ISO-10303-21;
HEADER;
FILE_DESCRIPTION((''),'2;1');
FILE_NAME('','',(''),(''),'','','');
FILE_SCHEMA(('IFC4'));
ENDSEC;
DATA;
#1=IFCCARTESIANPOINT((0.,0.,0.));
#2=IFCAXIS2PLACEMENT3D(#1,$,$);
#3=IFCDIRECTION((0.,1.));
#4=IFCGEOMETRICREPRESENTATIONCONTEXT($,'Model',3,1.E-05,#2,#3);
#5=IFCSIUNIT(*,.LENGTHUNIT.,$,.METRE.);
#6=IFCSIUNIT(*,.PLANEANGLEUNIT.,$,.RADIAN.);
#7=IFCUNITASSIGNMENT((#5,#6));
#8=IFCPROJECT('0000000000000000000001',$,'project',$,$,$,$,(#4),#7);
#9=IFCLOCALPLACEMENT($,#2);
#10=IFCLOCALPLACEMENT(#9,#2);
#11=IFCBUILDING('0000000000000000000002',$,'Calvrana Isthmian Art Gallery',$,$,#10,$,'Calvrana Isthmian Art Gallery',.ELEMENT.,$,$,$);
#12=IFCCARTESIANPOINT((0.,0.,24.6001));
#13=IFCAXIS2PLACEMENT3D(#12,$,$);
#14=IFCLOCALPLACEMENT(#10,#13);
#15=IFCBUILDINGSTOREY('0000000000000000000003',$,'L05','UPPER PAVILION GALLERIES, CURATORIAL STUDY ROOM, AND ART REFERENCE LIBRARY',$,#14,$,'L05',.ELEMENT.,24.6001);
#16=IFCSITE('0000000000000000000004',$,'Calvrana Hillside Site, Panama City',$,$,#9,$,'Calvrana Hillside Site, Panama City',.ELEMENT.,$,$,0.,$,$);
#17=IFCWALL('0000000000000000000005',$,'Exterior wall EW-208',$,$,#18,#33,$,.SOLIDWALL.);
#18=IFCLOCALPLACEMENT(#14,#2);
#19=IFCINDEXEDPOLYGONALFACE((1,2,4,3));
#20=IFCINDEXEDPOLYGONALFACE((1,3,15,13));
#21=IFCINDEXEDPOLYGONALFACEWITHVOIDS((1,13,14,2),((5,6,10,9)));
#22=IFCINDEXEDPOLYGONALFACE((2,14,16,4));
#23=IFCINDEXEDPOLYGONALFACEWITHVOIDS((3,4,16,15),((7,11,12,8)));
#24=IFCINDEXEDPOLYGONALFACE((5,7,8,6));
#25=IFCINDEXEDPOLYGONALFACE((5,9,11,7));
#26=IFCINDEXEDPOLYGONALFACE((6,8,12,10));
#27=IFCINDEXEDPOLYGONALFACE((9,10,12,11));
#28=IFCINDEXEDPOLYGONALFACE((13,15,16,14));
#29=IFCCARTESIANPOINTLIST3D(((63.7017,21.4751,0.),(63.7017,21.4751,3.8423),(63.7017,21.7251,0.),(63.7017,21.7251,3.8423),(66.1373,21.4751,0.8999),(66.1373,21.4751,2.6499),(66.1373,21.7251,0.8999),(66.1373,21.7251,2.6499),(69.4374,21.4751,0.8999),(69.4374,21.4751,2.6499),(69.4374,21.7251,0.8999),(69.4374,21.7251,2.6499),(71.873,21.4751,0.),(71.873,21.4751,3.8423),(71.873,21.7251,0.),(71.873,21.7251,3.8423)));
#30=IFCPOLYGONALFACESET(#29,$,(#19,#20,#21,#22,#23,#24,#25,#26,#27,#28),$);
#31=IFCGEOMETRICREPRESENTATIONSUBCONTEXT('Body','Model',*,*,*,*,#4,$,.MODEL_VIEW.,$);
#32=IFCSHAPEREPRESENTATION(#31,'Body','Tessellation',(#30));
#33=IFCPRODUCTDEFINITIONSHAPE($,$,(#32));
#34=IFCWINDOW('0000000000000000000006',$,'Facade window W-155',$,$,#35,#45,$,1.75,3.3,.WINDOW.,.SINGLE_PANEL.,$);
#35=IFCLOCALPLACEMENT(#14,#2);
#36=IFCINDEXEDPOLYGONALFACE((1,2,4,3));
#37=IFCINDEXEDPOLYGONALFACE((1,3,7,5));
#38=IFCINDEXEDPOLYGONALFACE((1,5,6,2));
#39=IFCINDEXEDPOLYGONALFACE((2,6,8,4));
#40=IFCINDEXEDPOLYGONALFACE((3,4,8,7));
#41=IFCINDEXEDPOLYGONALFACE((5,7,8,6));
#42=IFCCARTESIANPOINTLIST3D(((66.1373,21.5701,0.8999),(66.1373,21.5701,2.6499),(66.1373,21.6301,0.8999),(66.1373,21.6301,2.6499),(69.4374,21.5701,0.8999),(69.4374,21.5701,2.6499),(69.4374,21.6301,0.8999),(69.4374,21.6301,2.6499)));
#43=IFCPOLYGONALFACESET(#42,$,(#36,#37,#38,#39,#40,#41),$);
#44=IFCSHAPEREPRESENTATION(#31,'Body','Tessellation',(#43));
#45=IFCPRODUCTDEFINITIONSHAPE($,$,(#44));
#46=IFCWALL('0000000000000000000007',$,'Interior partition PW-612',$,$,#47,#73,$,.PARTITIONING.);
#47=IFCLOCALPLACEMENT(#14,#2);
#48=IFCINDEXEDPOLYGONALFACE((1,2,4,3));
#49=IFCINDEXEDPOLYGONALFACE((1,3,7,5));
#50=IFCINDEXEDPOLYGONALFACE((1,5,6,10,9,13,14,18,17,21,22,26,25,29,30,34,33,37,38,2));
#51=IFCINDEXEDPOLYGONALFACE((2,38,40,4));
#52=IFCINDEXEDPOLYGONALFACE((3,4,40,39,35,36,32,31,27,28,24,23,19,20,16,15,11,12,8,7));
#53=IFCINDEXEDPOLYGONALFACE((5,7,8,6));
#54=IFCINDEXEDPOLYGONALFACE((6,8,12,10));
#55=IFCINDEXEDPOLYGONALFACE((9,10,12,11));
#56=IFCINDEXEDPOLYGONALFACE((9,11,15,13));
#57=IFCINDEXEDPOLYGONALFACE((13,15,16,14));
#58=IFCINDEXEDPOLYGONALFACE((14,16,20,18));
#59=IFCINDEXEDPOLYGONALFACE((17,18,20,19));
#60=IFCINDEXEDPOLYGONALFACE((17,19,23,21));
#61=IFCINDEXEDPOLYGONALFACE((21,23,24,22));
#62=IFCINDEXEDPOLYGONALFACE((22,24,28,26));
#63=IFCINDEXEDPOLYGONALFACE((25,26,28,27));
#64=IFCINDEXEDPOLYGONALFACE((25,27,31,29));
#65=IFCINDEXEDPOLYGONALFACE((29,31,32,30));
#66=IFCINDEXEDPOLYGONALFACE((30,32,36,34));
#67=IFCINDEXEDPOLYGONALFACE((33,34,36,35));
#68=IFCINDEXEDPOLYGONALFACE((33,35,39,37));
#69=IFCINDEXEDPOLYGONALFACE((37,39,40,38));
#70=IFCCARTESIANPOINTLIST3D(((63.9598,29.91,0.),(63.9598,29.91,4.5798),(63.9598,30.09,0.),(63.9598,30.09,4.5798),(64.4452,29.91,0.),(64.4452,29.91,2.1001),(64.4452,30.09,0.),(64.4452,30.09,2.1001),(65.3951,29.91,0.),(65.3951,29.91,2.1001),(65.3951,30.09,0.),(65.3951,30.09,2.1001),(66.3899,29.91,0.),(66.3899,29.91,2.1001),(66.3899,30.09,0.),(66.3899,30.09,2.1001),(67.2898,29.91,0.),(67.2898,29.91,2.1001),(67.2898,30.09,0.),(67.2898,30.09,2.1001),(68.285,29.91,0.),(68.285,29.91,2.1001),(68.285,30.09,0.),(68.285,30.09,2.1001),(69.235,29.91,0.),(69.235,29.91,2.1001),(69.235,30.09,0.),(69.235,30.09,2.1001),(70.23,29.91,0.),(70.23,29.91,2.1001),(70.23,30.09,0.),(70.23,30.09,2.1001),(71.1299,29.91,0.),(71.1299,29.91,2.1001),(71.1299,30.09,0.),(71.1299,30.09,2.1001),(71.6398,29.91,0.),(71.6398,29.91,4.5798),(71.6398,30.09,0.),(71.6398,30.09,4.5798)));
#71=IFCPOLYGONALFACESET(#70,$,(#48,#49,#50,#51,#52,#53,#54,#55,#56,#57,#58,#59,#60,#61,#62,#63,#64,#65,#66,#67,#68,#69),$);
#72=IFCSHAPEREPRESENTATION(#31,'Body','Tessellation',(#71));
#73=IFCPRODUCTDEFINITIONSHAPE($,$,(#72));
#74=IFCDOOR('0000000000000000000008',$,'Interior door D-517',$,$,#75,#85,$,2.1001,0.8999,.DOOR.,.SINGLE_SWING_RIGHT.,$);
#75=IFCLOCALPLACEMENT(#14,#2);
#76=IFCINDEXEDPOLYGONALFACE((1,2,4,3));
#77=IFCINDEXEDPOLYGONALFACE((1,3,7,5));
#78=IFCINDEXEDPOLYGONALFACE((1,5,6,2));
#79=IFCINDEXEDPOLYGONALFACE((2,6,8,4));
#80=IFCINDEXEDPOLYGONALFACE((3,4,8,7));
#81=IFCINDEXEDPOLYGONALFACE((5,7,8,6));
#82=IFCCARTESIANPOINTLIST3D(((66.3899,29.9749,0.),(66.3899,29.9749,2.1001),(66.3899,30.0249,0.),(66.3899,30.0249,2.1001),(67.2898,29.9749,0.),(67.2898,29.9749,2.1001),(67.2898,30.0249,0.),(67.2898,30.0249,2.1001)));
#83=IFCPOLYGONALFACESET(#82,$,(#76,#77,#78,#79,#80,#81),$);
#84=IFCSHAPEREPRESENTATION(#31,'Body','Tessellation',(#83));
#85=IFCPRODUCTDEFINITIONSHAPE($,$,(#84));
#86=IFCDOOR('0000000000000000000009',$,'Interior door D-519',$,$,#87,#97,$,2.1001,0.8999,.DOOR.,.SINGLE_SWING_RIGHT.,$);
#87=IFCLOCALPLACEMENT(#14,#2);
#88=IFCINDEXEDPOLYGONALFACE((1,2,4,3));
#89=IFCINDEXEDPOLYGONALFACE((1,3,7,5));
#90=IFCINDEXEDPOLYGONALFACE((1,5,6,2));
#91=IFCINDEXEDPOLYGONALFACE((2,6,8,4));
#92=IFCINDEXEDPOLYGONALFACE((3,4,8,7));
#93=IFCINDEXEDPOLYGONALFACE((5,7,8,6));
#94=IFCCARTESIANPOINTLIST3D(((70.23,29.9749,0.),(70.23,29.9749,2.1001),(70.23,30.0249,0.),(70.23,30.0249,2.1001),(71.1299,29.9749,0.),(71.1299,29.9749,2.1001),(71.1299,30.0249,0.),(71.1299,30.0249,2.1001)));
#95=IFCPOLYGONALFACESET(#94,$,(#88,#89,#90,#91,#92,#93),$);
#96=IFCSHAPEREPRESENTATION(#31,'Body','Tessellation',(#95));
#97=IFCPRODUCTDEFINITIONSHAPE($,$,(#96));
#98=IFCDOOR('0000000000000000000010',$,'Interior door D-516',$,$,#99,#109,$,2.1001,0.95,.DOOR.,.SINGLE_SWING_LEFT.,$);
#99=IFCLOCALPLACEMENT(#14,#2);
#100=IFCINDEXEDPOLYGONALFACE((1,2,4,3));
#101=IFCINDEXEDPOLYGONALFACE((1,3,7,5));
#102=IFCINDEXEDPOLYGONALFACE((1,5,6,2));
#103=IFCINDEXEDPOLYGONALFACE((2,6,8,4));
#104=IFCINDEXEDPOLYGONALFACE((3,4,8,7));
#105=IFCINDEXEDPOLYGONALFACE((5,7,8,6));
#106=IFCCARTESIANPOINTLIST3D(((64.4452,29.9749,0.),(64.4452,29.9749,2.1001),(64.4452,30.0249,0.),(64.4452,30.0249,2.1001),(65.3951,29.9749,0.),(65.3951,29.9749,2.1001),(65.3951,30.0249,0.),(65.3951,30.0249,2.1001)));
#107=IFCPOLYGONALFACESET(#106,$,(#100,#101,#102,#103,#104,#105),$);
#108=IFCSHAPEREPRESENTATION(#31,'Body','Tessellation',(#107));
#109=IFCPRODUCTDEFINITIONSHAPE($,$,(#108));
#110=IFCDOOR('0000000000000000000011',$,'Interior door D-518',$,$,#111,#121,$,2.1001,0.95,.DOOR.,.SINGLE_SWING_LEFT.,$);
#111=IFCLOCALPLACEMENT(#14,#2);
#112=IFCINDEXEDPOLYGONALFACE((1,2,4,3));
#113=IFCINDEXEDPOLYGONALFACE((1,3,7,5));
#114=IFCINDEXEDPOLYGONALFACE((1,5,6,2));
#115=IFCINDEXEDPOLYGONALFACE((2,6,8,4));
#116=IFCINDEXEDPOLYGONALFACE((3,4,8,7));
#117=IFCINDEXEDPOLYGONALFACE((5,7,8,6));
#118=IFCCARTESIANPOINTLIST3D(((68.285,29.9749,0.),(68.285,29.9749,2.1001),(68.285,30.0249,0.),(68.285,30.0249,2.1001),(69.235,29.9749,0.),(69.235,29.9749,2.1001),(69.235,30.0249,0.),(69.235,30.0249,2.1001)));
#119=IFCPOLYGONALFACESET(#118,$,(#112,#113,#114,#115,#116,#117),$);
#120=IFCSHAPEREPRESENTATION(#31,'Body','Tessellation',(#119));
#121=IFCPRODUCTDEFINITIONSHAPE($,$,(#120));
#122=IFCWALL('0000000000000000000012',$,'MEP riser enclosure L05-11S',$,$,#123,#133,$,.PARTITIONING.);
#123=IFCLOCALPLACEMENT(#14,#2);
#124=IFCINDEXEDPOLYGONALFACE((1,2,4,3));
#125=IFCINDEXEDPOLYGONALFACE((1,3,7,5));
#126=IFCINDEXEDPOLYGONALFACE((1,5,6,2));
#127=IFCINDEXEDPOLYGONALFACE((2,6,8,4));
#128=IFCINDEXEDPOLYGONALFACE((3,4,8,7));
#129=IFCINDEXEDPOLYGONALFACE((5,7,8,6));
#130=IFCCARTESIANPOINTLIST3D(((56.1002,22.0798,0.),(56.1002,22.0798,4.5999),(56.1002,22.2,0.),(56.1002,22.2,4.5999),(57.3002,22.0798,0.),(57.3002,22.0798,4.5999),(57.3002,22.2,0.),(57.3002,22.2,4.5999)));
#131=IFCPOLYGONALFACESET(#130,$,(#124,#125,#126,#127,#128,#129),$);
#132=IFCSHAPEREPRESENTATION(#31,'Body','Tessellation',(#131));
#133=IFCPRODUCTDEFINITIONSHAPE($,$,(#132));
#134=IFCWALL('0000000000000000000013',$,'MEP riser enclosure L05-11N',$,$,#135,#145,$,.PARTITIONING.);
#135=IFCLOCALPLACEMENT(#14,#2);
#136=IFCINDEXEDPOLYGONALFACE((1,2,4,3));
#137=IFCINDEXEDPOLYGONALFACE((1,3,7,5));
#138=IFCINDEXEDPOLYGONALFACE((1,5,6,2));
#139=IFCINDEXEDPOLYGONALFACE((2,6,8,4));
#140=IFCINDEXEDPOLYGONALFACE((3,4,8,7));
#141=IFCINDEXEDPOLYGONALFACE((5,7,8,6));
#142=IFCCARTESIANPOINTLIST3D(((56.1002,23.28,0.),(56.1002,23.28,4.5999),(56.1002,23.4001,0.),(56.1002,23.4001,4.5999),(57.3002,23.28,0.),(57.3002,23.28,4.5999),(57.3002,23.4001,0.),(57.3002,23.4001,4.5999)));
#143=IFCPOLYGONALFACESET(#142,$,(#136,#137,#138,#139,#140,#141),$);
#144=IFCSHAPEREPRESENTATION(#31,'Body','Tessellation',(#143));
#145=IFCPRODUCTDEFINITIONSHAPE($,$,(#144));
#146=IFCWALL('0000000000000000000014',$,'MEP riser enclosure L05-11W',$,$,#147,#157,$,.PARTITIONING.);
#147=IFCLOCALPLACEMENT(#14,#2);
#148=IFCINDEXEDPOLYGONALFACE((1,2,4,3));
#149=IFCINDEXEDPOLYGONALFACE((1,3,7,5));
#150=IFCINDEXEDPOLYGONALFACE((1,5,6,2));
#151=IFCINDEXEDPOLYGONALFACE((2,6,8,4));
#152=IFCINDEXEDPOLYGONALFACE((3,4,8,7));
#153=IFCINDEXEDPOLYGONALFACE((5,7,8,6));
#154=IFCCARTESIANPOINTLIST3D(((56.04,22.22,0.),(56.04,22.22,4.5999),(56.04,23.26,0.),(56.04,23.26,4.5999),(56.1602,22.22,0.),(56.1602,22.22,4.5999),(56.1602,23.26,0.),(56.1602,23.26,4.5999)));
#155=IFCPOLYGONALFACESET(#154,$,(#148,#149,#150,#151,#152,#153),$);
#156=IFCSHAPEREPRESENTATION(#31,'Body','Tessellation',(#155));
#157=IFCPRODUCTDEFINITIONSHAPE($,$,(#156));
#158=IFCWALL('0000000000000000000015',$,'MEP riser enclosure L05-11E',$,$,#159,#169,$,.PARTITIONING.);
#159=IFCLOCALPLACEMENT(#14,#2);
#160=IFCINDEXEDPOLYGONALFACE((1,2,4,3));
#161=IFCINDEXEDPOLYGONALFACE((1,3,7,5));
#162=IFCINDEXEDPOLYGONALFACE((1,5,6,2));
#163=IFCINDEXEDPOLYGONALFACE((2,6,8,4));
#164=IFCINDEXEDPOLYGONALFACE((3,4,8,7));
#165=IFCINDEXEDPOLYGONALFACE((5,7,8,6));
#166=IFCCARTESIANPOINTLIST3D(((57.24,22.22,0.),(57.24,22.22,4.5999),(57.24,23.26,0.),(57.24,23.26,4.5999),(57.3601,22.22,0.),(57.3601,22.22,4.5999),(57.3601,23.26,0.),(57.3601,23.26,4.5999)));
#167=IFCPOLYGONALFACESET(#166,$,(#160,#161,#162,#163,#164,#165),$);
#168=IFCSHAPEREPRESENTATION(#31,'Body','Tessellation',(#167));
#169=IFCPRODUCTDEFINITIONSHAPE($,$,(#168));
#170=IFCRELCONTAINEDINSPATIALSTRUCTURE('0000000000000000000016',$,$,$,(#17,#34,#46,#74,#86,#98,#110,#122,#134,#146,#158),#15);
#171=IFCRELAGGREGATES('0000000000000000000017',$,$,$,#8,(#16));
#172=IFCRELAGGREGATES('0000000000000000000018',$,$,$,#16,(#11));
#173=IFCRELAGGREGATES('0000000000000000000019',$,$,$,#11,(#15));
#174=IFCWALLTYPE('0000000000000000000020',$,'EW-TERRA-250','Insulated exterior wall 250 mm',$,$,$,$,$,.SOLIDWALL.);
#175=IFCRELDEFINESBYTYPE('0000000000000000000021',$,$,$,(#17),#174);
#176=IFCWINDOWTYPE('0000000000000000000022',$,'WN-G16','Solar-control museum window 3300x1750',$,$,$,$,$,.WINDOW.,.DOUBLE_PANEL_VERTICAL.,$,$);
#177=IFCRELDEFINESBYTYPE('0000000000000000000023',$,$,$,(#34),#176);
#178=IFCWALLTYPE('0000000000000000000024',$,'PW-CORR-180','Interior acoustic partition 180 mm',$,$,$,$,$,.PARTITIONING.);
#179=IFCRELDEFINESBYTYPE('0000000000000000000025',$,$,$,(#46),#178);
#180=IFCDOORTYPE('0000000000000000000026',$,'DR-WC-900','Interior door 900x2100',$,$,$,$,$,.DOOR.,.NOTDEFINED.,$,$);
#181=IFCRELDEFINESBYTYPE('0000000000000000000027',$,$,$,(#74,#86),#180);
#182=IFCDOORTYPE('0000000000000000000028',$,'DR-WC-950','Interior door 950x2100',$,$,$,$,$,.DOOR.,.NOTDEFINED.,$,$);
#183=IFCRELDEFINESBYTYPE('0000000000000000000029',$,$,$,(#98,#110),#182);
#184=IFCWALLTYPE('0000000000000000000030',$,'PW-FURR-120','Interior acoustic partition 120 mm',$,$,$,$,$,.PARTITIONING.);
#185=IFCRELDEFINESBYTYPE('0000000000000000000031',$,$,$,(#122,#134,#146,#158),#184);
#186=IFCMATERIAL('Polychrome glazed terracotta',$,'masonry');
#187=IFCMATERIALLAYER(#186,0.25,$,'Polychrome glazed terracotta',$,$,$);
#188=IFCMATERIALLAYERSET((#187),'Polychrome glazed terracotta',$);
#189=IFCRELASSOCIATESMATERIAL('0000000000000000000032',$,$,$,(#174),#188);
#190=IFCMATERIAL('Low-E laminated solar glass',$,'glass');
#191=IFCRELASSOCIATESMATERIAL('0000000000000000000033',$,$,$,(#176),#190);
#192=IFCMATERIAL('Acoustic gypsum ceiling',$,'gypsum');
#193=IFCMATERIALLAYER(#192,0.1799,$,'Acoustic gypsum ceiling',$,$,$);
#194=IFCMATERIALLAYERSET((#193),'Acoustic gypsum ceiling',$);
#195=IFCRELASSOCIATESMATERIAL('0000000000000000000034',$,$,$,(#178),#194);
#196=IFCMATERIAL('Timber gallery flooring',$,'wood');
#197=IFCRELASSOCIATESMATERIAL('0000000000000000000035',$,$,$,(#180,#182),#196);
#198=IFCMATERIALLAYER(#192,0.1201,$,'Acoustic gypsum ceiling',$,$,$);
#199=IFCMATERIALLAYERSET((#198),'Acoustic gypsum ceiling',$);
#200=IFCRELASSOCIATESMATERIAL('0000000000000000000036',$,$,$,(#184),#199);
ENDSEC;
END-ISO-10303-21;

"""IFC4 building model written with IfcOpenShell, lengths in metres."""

from ifc_helpers import new_model, si_unit, direction, frame, frame_2d, origin, place, context, subcontext, project, spatial, rectangle, extrude, material, layer, layer_set, type_object, element, fill, save


model = new_model("IFC4")

# Units and contexts
model_context = context("Model", 3, precision=1e-05, world=origin(), true_north=direction((0.0, 1.0)))
body_context = subcontext(model_context, "Body", "Model", "MODEL_VIEW")
ifc_project = project(units=[si_unit("LENGTHUNIT", "METRE"), si_unit("PLANEANGLEUNIT", "RADIAN")], contexts=[model_context])

# Site, building, storey
site_placement = place(None, origin())
site = spatial("IfcSite", under=ifc_project, at=site_placement, Name="Calvrana Hillside Site, Panama City", LongName="Calvrana Hillside Site, Panama City", CompositionType="ELEMENT", RefElevation=0.0)
building_placement = place(site_placement, origin())
building = spatial("IfcBuilding", under=site, at=building_placement, Name="Calvrana Isthmian Art Gallery", LongName="Calvrana Isthmian Art Gallery", CompositionType="ELEMENT")
storey_placement = place(building_placement, frame((0.0, 0.0, 24.6001)))
storey = spatial("IfcBuildingStorey", under=building, at=storey_placement, Name="L05", Description="UPPER PAVILION GALLERIES, CURATORIAL STUDY ROOM, AND ART REFERENCE LIBRARY", LongName="L05", CompositionType="ELEMENT", Elevation=24.6001)

# Wall, opening, window
ifc_material_1 = material(Name="Low-E laminated solar glass", Category="glass")
ifc_material_2 = material(Name="Polychrome glazed terracotta", Category="masonry")
ifc_layer_1 = layer(ifc_material_2, 0.25, Name="Polychrome glazed terracotta")
ifc_layer_set_1 = layer_set([ifc_layer_1], Name="Polychrome glazed terracotta")
wall_type_1 = type_object("IfcWallType", Name="EW-TERRA-250", Description="Insulated exterior wall 250 mm", PredefinedType="SOLIDWALL", material=ifc_layer_set_1)
wall_1_placement = place(storey_placement, frame((71.873, 21.6001, 0.0), z_axis=(0.0, 0.0, 1.0), x_axis=(-1.0, 0.0, 0.0)))
wall_1 = element("IfcWall", 1, at=wall_1_placement, inside=storey, type_object=wall_type_1, Name="Exterior wall EW-208", PredefinedType="SOLIDWALL", context=body_context, shape_type="SweptSolid", body=[
    extrude(rectangle(XDim=8.1714, YDim=0.25, at=frame_2d((4.0857, 0.0))), origin(), (0.0, 0.0, 1.0), 3.8423),
])
opening_1_placement = place(wall_1_placement, frame((2.4358, 0.0, 0.8999)))
opening_1 = element("IfcOpeningElement", 2, at=opening_1_placement, cuts=wall_1, PredefinedType="OPENING", context=body_context, shape_type="SweptSolid", body=[
    extrude(rectangle(XDim=3.3, YDim=1.75, at=frame_2d((1.6499, 0.875))), frame((0.0, 0.1353, 0.0), z_axis=(0.0, -1.0, 0.0), x_axis=(1.0, 0.0, 0.0)), (0.0, 0.0, 1.0), 0.2705),
])
window_type_1 = type_object("IfcWindowType", Name="WN-G16", Description="Solar-control museum window 3300x1750", PartitioningType="DOUBLE_PANEL_VERTICAL", PredefinedType="WINDOW", material=ifc_material_1)
window_1_placement = place(opening_1_placement, origin())
window_1 = element("IfcWindow", 3, at=window_1_placement, inside=storey, type_object=window_type_1, Name="Facade window W-155", OverallHeight=1.75, OverallWidth=3.3, PartitioningType="SINGLE_PANEL", PredefinedType="WINDOW", context=body_context, shape_type="SweptSolid", body=[
    extrude(rectangle(XDim=3.3, YDim=1.75, at=frame_2d((1.6499, 0.875))), frame((0.0, 0.03, 0.0), z_axis=(0.0, -1.0, 0.0), x_axis=(1.0, 0.0, 0.0)), (0.0, 0.0, 1.0), 0.0601),
])
fill(opening_1, window_1)

# Wall, openings, doors
ifc_material_3 = material(Name="Acoustic gypsum ceiling", Category="gypsum")
ifc_layer_2 = layer(ifc_material_3, 0.1799, Name="Acoustic gypsum ceiling")
ifc_layer_set_2 = layer_set([ifc_layer_2], Name="Acoustic gypsum ceiling")
wall_type_2 = type_object("IfcWallType", Name="PW-CORR-180", Description="Interior acoustic partition 180 mm", PredefinedType="PARTITIONING", material=ifc_layer_set_2)
wall_2_placement = place(storey_placement, frame((63.96, 30.0, 0.0), z_axis=(0.0, 0.0, 1.0), x_axis=(1.0, 0.0, 0.0)))
wall_2 = element("IfcWall", 4, at=wall_2_placement, inside=storey, type_object=wall_type_2, Name="Interior partition PW-612", PredefinedType="PARTITIONING", context=body_context, shape_type="SweptSolid", body=[
    extrude(rectangle(XDim=7.6799, YDim=0.1799, at=frame_2d((3.8398, 0.0))), origin(), (0.0, 0.0, 1.0), 4.5798),
])
opening_2_placement = place(wall_2_placement, frame((0.4851, 0.0, 0.0)))
opening_2 = element("IfcOpeningElement", 5, at=opening_2_placement, cuts=wall_2, PredefinedType="OPENING", context=body_context, shape_type="SweptSolid", body=[
    extrude(rectangle(XDim=0.95, YDim=2.1001, at=frame_2d((0.4751, 1.05))), frame((0.0, 0.1001, 0.0), z_axis=(0.0, -1.0, 0.0), x_axis=(1.0, 0.0, 0.0)), (0.0, 0.0, 1.0), 0.2004),
])
opening_3_placement = place(wall_2_placement, frame((2.4299, 0.0, 0.0)))
opening_3 = element("IfcOpeningElement", 6, at=opening_3_placement, cuts=wall_2, PredefinedType="OPENING", context=body_context, shape_type="SweptSolid", body=[
    extrude(rectangle(XDim=0.8999, YDim=2.1001, at=frame_2d((0.45, 1.05))), frame((0.0, 0.1001, 0.0), z_axis=(0.0, -1.0, 0.0), x_axis=(1.0, 0.0, 0.0)), (0.0, 0.0, 1.0), 0.2004),
])
opening_4_placement = place(wall_2_placement, frame((4.325, 0.0, 0.0)))
opening_4 = element("IfcOpeningElement", 7, at=opening_4_placement, cuts=wall_2, PredefinedType="OPENING", context=body_context, shape_type="SweptSolid", body=[
    extrude(rectangle(XDim=0.95, YDim=2.1001, at=frame_2d((0.4751, 1.05))), frame((0.0, 0.1001, 0.0), z_axis=(0.0, -1.0, 0.0), x_axis=(1.0, 0.0, 0.0)), (0.0, 0.0, 1.0), 0.2004),
])
opening_5_placement = place(wall_2_placement, frame((6.27, 0.0, 0.0)))
opening_5 = element("IfcOpeningElement", 8, at=opening_5_placement, cuts=wall_2, PredefinedType="OPENING", context=body_context, shape_type="SweptSolid", body=[
    extrude(rectangle(XDim=0.8999, YDim=2.1001, at=frame_2d((0.45, 1.05))), frame((0.0, 0.1001, 0.0), z_axis=(0.0, -1.0, 0.0), x_axis=(1.0, 0.0, 0.0)), (0.0, 0.0, 1.0), 0.2004),
])
ifc_material_4 = material(Name="Timber gallery flooring", Category="wood")
door_type_1 = type_object("IfcDoorType", Name="DR-WC-900", Description="Interior door 900x2100", OperationType="NOTDEFINED", PredefinedType="DOOR", material=ifc_material_4)
door_1_placement = place(opening_3_placement, origin())
door_1 = element("IfcDoor", 9, at=door_1_placement, inside=storey, type_object=door_type_1, Name="Interior door D-517", OperationType="SINGLE_SWING_RIGHT", OverallHeight=2.1001, OverallWidth=0.8999, PredefinedType="DOOR", context=body_context, shape_type="SweptSolid", body=[
    extrude(rectangle(XDim=0.8999, YDim=2.1001, at=frame_2d((0.45, 1.05))), frame((0.0, 0.0249, 0.0), z_axis=(0.0, -1.0, 0.0), x_axis=(1.0, 0.0, 0.0)), (0.0, 0.0, 1.0), 0.05),
])
fill(opening_3, door_1)
door_2_placement = place(opening_5_placement, origin())
door_2 = element("IfcDoor", 10, at=door_2_placement, inside=storey, type_object=door_type_1, Name="Interior door D-519", OperationType="SINGLE_SWING_RIGHT", OverallHeight=2.1001, OverallWidth=0.8999, PredefinedType="DOOR", context=body_context, shape_type="SweptSolid", body=[
    extrude(rectangle(XDim=0.8999, YDim=2.1001, at=frame_2d((0.45, 1.05))), frame((0.0, 0.0249, 0.0), z_axis=(0.0, -1.0, 0.0), x_axis=(1.0, 0.0, 0.0)), (0.0, 0.0, 1.0), 0.05),
])
fill(opening_5, door_2)
door_type_2 = type_object("IfcDoorType", Name="DR-WC-950", Description="Interior door 950x2100", OperationType="NOTDEFINED", PredefinedType="DOOR", material=ifc_material_4)
door_3_placement = place(opening_2_placement, origin())
door_3 = element("IfcDoor", 11, at=door_3_placement, inside=storey, type_object=door_type_2, Name="Interior door D-516", OperationType="SINGLE_SWING_LEFT", OverallHeight=2.1001, OverallWidth=0.95, PredefinedType="DOOR", context=body_context, shape_type="SweptSolid", body=[
    extrude(rectangle(XDim=0.95, YDim=2.1001, at=frame_2d((0.4751, 1.05))), frame((0.0, 0.0249, 0.0), z_axis=(0.0, -1.0, 0.0), x_axis=(1.0, 0.0, 0.0)), (0.0, 0.0, 1.0), 0.05),
])
fill(opening_2, door_3)
door_4_placement = place(opening_4_placement, origin())
door_4 = element("IfcDoor", 12, at=door_4_placement, inside=storey, type_object=door_type_2, Name="Interior door D-518", OperationType="SINGLE_SWING_LEFT", OverallHeight=2.1001, OverallWidth=0.95, PredefinedType="DOOR", context=body_context, shape_type="SweptSolid", body=[
    extrude(rectangle(XDim=0.95, YDim=2.1001, at=frame_2d((0.4751, 1.05))), frame((0.0, 0.0249, 0.0), z_axis=(0.0, -1.0, 0.0), x_axis=(1.0, 0.0, 0.0)), (0.0, 0.0, 1.0), 0.05),
])
fill(opening_4, door_4)

# Walls
ifc_layer_3 = layer(ifc_material_3, 0.1201, Name="Acoustic gypsum ceiling")
ifc_layer_set_3 = layer_set([ifc_layer_3], Name="Acoustic gypsum ceiling")
wall_type_3 = type_object("IfcWallType", Name="PW-FURR-120", Description="Interior acoustic partition 120 mm", PredefinedType="PARTITIONING", material=ifc_layer_set_3)
for number, where, z_axis, x_axis, name in (
    (13, (56.1001, 22.1399, 0.0), (0.0, 0.0, 1.0), (1.0, 0.0, 0.0), "MEP riser enclosure L05-11S"),
    (14, (56.1001, 23.3401, 0.0), (0.0, 0.0, 1.0), (1.0, 0.0, 0.0), "MEP riser enclosure L05-11N"),
):
    element("IfcWall", number, at=place(storey_placement, frame(where, z_axis=z_axis, x_axis=x_axis)), inside=storey, type_object=wall_type_3, Name=name, PredefinedType="PARTITIONING", context=body_context, shape_type="SweptSolid", body=[
        extrude(rectangle(XDim=1.2, YDim=0.1201, at=frame_2d((0.6001, 0.0))), origin(), (0.0, 0.0, 1.0), 4.5999),
    ])
for number, where, z_axis, x_axis, name in (
    (15, (56.1001, 22.22, 0.0), (0.0, 0.0, 1.0), (0.0, 1.0, 0.0), "MEP riser enclosure L05-11W"),
    (16, (57.3, 22.22, 0.0), (0.0, 0.0, 1.0), (0.0, 1.0, 0.0), "MEP riser enclosure L05-11E"),
):
    element("IfcWall", number, at=place(storey_placement, frame(where, z_axis=z_axis, x_axis=x_axis)), inside=storey, type_object=wall_type_3, Name=name, PredefinedType="PARTITIONING", context=body_context, shape_type="SweptSolid", body=[
        extrude(rectangle(XDim=1.04, YDim=0.1201, at=frame_2d((0.52, 0.0))), origin(), (0.0, 0.0, 1.0), 4.5999),
    ])

save(model, "model.ifc")
